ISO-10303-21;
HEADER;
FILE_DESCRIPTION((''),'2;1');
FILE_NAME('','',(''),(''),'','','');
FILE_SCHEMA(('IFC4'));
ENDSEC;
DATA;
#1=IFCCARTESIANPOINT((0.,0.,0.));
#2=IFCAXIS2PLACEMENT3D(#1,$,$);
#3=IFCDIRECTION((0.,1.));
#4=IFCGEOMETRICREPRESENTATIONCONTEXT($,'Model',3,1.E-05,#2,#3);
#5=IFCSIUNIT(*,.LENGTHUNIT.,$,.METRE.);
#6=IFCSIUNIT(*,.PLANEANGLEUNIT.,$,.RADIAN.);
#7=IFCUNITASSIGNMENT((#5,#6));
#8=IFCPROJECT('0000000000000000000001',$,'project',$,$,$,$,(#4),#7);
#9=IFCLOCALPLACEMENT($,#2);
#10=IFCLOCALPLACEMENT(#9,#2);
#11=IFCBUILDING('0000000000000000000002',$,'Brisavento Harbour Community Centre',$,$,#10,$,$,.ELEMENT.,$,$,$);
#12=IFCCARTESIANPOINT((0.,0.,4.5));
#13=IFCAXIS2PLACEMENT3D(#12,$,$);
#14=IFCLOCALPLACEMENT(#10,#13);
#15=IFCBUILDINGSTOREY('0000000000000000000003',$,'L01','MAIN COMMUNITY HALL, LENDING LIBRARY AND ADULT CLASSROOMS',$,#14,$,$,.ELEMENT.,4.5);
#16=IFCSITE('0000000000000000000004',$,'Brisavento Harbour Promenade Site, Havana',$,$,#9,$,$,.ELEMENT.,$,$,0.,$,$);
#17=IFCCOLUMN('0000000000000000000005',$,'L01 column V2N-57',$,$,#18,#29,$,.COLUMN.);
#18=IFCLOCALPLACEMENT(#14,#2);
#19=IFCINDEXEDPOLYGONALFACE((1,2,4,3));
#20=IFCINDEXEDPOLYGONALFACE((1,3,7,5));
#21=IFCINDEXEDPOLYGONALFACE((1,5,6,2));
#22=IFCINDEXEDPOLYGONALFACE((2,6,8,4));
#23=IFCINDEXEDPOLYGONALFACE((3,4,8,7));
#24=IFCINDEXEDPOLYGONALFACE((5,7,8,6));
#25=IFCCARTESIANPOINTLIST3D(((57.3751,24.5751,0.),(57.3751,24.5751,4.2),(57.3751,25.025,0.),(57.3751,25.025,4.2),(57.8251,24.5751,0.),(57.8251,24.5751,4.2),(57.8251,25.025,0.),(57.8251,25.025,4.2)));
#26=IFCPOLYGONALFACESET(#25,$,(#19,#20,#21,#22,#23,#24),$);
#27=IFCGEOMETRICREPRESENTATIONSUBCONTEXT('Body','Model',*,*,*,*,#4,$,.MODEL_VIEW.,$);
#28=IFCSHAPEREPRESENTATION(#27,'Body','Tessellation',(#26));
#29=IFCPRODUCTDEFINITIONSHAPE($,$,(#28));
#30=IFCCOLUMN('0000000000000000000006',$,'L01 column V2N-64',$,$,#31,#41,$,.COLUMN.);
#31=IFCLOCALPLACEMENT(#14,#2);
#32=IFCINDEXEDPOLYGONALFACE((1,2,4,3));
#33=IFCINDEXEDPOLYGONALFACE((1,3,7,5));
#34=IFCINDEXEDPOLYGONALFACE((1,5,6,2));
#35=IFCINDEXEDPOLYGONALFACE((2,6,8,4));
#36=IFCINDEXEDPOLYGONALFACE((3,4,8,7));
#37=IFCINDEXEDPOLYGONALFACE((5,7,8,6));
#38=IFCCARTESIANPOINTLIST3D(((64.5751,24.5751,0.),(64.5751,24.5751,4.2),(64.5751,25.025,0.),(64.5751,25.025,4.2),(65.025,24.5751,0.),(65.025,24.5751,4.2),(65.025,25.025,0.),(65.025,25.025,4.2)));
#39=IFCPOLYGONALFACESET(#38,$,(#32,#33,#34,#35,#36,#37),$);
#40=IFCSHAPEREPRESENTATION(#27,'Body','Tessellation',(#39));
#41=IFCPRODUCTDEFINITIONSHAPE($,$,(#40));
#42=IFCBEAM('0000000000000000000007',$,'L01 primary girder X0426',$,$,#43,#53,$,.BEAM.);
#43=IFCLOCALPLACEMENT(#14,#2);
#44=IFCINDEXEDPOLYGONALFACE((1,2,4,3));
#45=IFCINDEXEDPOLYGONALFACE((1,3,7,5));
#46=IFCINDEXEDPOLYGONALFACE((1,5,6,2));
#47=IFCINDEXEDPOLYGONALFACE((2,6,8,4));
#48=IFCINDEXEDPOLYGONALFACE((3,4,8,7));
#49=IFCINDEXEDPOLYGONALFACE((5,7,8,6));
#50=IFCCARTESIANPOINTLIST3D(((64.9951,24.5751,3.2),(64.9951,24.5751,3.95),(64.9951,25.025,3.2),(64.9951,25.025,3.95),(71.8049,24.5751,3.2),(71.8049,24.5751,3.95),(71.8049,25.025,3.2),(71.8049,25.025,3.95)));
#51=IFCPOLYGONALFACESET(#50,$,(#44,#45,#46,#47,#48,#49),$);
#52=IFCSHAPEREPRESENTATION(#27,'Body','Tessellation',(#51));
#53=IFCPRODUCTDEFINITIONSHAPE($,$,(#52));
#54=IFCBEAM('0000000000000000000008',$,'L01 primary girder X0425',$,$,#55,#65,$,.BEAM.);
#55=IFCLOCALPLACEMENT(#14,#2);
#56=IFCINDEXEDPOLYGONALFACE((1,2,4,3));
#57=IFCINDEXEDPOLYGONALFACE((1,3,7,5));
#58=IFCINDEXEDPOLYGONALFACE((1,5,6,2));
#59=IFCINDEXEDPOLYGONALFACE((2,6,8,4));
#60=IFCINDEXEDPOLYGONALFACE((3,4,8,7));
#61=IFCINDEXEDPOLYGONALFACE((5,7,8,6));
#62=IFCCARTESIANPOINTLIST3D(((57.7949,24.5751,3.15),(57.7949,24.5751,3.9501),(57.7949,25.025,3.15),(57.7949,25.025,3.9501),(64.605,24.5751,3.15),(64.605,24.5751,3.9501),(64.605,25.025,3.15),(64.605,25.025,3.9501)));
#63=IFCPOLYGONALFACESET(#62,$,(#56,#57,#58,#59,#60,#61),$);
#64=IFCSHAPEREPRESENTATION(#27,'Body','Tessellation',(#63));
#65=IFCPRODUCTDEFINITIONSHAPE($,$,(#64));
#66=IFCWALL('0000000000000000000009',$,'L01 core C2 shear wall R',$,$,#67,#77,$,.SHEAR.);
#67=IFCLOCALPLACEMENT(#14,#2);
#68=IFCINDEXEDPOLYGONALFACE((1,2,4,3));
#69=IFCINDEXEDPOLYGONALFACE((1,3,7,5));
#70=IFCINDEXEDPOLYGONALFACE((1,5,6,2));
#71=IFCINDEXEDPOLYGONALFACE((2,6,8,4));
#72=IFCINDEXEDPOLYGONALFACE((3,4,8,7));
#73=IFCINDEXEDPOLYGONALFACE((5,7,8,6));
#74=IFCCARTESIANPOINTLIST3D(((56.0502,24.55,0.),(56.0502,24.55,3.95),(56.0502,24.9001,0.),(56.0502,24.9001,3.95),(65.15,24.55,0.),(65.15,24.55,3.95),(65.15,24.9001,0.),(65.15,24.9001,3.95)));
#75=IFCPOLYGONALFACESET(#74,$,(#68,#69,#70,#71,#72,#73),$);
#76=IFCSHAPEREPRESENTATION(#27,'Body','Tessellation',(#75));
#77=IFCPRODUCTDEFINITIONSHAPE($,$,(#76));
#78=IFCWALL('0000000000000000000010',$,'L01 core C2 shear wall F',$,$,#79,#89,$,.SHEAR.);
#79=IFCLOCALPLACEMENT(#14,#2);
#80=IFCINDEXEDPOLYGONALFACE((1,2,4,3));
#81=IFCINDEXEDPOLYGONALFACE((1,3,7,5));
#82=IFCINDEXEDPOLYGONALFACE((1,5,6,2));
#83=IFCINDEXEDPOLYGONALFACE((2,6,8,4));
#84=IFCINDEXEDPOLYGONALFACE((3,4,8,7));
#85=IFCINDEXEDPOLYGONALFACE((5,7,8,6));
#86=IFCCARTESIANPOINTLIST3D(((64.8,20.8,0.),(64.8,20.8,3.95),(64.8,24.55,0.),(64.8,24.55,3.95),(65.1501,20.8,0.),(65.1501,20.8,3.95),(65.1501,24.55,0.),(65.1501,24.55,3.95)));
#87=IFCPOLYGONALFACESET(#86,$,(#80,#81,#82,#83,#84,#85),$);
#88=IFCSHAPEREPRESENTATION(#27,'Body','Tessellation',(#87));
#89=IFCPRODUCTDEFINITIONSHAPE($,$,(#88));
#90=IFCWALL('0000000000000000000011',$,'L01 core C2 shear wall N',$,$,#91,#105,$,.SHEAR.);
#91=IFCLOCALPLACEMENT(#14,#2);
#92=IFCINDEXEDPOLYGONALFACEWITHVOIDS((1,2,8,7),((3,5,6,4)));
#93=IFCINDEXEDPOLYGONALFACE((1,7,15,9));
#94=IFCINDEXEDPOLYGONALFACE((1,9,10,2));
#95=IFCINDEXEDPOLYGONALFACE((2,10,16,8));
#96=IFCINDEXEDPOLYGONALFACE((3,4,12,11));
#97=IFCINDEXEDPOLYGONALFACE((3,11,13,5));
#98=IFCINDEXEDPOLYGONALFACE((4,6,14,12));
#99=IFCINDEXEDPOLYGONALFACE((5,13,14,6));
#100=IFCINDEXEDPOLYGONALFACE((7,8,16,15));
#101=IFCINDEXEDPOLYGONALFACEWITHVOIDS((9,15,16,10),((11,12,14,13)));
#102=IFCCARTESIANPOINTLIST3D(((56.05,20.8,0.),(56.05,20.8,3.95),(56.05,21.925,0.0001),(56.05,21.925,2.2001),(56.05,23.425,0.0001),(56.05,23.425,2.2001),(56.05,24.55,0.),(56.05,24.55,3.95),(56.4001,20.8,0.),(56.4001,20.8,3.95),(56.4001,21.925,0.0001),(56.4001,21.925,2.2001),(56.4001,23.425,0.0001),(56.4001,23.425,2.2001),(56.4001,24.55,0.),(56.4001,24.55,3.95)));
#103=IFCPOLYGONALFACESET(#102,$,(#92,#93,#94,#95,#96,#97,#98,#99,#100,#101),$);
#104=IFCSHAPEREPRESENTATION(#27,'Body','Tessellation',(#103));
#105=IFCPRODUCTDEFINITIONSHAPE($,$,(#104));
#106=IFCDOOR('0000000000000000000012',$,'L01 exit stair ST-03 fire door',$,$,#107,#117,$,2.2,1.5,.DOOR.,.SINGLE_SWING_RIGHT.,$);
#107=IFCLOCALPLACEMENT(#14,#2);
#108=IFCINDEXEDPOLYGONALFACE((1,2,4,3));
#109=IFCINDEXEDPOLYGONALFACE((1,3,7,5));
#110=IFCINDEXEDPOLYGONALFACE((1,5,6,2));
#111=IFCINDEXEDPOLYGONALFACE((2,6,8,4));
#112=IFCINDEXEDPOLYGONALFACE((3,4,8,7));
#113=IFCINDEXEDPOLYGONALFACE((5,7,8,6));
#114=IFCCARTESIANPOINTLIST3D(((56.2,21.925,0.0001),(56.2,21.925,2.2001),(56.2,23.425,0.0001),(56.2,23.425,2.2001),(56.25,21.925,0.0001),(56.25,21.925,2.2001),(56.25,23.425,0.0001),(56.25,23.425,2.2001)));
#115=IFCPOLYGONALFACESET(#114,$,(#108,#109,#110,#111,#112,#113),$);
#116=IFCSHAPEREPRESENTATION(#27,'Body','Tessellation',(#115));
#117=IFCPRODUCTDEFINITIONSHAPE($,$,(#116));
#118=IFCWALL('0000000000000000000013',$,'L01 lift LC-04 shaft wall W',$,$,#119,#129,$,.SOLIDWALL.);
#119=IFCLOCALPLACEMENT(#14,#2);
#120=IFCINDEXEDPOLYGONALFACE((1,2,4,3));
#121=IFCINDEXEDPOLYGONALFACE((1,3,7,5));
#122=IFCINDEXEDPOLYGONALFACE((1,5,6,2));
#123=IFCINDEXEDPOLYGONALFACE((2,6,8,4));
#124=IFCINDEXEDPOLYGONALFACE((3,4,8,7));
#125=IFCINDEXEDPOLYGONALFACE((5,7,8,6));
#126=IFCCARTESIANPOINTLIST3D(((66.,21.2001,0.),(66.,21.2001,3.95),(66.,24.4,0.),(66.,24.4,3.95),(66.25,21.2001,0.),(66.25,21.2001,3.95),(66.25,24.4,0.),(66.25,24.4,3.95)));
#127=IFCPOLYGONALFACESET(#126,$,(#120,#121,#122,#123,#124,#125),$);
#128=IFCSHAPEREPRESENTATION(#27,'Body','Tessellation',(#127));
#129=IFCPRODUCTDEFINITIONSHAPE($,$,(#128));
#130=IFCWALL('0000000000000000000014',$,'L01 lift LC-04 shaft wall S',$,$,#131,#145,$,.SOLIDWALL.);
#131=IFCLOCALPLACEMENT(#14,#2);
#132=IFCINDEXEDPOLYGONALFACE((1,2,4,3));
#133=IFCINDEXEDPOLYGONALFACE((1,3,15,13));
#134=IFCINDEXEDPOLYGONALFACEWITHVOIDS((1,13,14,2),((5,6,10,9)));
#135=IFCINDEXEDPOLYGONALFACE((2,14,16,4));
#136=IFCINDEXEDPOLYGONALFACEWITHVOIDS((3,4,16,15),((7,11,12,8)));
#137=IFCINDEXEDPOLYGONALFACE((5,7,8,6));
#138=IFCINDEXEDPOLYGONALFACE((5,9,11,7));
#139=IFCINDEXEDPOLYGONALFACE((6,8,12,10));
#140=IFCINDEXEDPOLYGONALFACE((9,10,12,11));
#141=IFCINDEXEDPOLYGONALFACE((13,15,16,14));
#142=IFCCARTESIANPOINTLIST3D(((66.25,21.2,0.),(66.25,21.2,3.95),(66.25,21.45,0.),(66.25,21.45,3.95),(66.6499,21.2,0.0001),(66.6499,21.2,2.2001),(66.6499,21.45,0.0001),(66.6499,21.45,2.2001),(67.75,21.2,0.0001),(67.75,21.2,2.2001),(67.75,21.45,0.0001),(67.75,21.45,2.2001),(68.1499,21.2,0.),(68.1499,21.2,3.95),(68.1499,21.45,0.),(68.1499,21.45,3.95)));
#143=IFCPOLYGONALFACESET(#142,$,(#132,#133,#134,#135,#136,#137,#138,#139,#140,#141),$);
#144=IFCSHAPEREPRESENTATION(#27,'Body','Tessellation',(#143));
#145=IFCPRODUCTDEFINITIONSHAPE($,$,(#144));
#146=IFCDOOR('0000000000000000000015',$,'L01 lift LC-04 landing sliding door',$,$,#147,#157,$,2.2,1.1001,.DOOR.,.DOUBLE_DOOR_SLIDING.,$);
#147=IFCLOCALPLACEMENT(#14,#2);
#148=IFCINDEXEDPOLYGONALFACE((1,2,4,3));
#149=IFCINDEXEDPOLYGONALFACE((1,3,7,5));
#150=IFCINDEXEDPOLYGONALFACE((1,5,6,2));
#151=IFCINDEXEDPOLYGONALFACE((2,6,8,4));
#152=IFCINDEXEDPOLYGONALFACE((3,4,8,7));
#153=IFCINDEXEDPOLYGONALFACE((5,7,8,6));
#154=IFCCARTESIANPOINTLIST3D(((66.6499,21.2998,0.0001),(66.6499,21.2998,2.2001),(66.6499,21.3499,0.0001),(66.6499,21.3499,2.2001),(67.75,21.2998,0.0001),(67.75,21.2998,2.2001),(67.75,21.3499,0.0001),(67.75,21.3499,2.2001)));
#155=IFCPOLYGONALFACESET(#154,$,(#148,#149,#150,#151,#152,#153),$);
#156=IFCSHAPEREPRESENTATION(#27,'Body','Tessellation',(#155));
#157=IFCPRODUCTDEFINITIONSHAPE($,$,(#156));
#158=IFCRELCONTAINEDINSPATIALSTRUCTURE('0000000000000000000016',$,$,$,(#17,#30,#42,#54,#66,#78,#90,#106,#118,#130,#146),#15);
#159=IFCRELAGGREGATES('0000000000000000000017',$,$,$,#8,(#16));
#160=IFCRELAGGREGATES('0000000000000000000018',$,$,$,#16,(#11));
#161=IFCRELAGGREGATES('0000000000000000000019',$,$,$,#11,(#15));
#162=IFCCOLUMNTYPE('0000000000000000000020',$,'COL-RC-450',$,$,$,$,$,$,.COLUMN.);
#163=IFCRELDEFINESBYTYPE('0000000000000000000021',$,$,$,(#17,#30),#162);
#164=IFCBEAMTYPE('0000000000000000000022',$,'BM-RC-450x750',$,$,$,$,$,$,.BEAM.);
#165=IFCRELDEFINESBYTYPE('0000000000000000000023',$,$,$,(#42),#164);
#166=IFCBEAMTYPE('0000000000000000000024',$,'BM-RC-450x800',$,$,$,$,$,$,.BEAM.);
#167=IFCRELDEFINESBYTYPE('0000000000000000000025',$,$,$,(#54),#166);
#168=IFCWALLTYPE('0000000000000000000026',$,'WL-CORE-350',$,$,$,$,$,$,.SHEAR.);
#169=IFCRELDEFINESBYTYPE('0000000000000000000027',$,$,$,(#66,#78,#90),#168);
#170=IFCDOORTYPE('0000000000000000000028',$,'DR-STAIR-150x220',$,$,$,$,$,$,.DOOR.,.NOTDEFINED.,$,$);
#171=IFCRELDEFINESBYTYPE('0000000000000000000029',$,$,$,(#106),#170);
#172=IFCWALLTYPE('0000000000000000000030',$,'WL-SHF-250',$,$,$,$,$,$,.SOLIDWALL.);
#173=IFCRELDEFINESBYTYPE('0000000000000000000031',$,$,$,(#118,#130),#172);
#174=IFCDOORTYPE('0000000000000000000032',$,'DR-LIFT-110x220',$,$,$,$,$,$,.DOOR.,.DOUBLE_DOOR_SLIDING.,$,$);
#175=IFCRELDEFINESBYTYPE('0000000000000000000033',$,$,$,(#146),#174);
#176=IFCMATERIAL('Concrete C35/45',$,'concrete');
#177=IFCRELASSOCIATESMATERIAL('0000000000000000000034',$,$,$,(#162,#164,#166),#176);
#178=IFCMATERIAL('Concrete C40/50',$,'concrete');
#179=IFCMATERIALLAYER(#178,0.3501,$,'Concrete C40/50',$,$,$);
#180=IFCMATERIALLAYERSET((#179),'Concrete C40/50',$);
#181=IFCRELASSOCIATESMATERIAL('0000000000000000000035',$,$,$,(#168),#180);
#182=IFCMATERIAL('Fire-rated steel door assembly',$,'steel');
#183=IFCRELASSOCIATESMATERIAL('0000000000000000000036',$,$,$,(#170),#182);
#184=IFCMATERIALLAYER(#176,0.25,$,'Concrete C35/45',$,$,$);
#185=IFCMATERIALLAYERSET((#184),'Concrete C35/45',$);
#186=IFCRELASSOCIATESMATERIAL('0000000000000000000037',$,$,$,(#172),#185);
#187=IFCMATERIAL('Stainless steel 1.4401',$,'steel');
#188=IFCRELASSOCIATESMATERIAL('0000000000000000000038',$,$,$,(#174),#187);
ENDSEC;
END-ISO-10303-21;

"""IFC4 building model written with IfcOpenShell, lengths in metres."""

from ifc_helpers import new_model, si_unit, direction, frame, frame_2d, origin, origin_2d, place, context, subcontext, project, spatial, rectangle, extrude, material, layer, layer_set, material_profile, profile_set, type_object, element, fill, save


model = new_model("IFC4")

# Units and contexts
model_context = context("Model", 3, precision=1e-05, world=origin(), true_north=direction((0.0, 1.0)))
body_context = subcontext(model_context, "Body", "Model", "MODEL_VIEW")
ifc_project = project(units=[si_unit("LENGTHUNIT", "METRE"), si_unit("PLANEANGLEUNIT", "RADIAN")], contexts=[model_context])

# Site, building, storey
site_placement = place(None, origin())
site = spatial("IfcSite", under=ifc_project, at=site_placement, Name="Brisavento Harbour Promenade Site, Havana", CompositionType="ELEMENT", RefElevation=0.0)
building_placement = place(site_placement, origin())
building = spatial("IfcBuilding", under=site, at=building_placement, Name="Brisavento Harbour Community Centre", CompositionType="ELEMENT")
storey_placement = place(building_placement, frame((0.0, 0.0, 4.5)))
storey = spatial("IfcBuildingStorey", under=building, at=storey_placement, Name="L01", Description="MAIN COMMUNITY HALL, LENDING LIBRARY AND ADULT CLASSROOMS", CompositionType="ELEMENT", Elevation=4.5)

# Columns
ifc_material_1 = material(Name="Concrete C35/45", Category="concrete")
ifc_material_profile_1 = material_profile(ifc_material_1, rectangle(XDim=0.45, YDim=0.45, at=origin_2d()), Name="Concrete C35/45")
ifc_profile_set_1 = profile_set([ifc_material_profile_1], Name="Concrete C35/45")
column_type = type_object("IfcColumnType", Name="COL-RC-450", PredefinedType="COLUMN", material=ifc_profile_set_1)
for number, where, z_axis, x_axis, name in (
    (1, (57.6001, 24.8, 0.0), (0.0, 0.0, 1.0), (1.0, 0.0, 0.0), "L01 column V2N-57"),
    (2, (64.8, 24.8, 0.0), (0.0, 0.0, 1.0), (1.0, 0.0, 0.0), "L01 column V2N-64"),
):
    element("IfcColumn", number, at=place(storey_placement, frame(where, z_axis=z_axis, x_axis=x_axis)), inside=storey, type_object=column_type, Name=name, PredefinedType="COLUMN", context=body_context, shape_type="SweptSolid", body=[
        extrude(rectangle(XDim=0.45, YDim=0.45, at=origin_2d()), origin(), (0.0, 0.0, 1.0), 4.2),
    ])

# Beams
ifc_material_profile_2 = material_profile(ifc_material_1, rectangle(XDim=0.45, YDim=0.75, at=origin_2d()), Name="Concrete C35/45")
ifc_profile_set_2 = profile_set([ifc_material_profile_2], Name="Concrete C35/45")
beam_type_1 = type_object("IfcBeamType", Name="BM-RC-450x750", PredefinedType="BEAM", material=ifc_profile_set_2)
beam_1_placement = place(storey_placement, frame((64.9951, 24.8, 3.575), z_axis=(1.0, 0.0, 0.0), x_axis=(0.0, 1.0, 0.0)))
element("IfcBeam", 3, at=beam_1_placement, inside=storey, type_object=beam_type_1, Name="L01 primary girder X0426", PredefinedType="BEAM", context=body_context, shape_type="SweptSolid", body=[
    extrude(rectangle(XDim=0.45, YDim=0.75, at=origin_2d()), origin(), (0.0, 0.0, 1.0), 6.8098),
])
ifc_material_profile_3 = material_profile(ifc_material_1, rectangle(XDim=0.45, YDim=0.8, at=origin_2d()), Name="Concrete C35/45")
ifc_profile_set_3 = profile_set([ifc_material_profile_3], Name="Concrete C35/45")
beam_type_2 = type_object("IfcBeamType", Name="BM-RC-450x800", PredefinedType="BEAM", material=ifc_profile_set_3)
beam_2_placement = place(storey_placement, frame((57.7949, 24.8, 3.55), z_axis=(1.0, 0.0, 0.0), x_axis=(0.0, 1.0, 0.0)))
element("IfcBeam", 4, at=beam_2_placement, inside=storey, type_object=beam_type_2, Name="L01 primary girder X0425", PredefinedType="BEAM", context=body_context, shape_type="SweptSolid", body=[
    extrude(rectangle(XDim=0.45, YDim=0.8, at=origin_2d()), origin(), (0.0, 0.0, 1.0), 6.8101),
])

# Walls
ifc_material_2 = material(Name="Concrete C40/50", Category="concrete")
ifc_layer_1 = layer(ifc_material_2, 0.3501, Name="Concrete C40/50")
ifc_layer_set_1 = layer_set([ifc_layer_1], Name="Concrete C40/50")
wall_type_1 = type_object("IfcWallType", Name="WL-CORE-350", PredefinedType="SHEAR", material=ifc_layer_set_1)
wall_1_placement = place(storey_placement, frame((65.1499, 24.7251, 0.0), z_axis=(0.0, 0.0, 1.0), x_axis=(-1.0, 0.0, 0.0)))
element("IfcWall", 5, at=wall_1_placement, inside=storey, type_object=wall_type_1, Name="L01 core C2 shear wall R", PredefinedType="SHEAR", context=body_context, shape_type="SweptSolid", body=[
    extrude(rectangle(XDim=9.0999, YDim=0.3501, at=frame_2d((4.5498, 0.0))), origin(), (0.0, 0.0, 1.0), 3.95),
])
wall_2_placement = place(storey_placement, frame((64.9751, 20.8, 0.0), z_axis=(0.0, 0.0, 1.0), x_axis=(0.0, 1.0, 0.0)))
element("IfcWall", 6, at=wall_2_placement, inside=storey, type_object=wall_type_1, Name="L01 core C2 shear wall F", PredefinedType="SHEAR", context=body_context, shape_type="SweptSolid", body=[
    extrude(rectangle(XDim=3.75, YDim=0.3501, at=frame_2d((1.875, 0.0))), origin(), (0.0, 0.0, 1.0), 3.95),
])

# Wall, opening, door
wall_3_placement = place(storey_placement, frame((56.2251, 24.55, 0.0), z_axis=(0.0, 0.0, 1.0), x_axis=(0.0, -1.0, 0.0)))
wall_3 = element("IfcWall", 7, at=wall_3_placement, inside=storey, type_object=wall_type_1, Name="L01 core C2 shear wall N", PredefinedType="SHEAR", context=body_context, shape_type="SweptSolid", body=[
    extrude(rectangle(XDim=3.75, YDim=0.3501, at=frame_2d((1.875, 0.0))), origin(), (0.0, 0.0, 1.0), 3.95),
])
opening_1_placement = place(wall_3_placement, frame((1.125, 0.0, 0.0)))
opening_1 = element("IfcOpeningElement", 8, at=opening_1_placement, cuts=wall_3, PredefinedType="OPENING", context=body_context, shape_type="SweptSolid", body=[
    extrude(rectangle(XDim=1.5, YDim=2.2, at=frame_2d((0.75, 1.1001))), frame((0.0, 0.1851, 0.0), z_axis=(0.0, -1.0, 0.0), x_axis=(1.0, 0.0, 0.0)), (0.0, 0.0, 1.0), 0.3701),
])
ifc_material_3 = material(Name="Fire-rated steel door assembly", Category="steel")
door_type_1 = type_object("IfcDoorType", Name="DR-STAIR-150x220", OperationType="NOTDEFINED", PredefinedType="DOOR", material=ifc_material_3)
door_1_placement = place(opening_1_placement, origin())
door_1 = element("IfcDoor", 9, at=door_1_placement, inside=storey, type_object=door_type_1, Name="L01 exit stair ST-03 fire door", OperationType="SINGLE_SWING_RIGHT", OverallHeight=2.2, OverallWidth=1.5, PredefinedType="DOOR", context=body_context, shape_type="SweptSolid", body=[
    extrude(rectangle(XDim=1.5, YDim=2.2, at=frame_2d((0.75, 1.1001))), frame((0.0, 0.0249, 0.0), z_axis=(0.0, -1.0, 0.0), x_axis=(1.0, 0.0, 0.0)), (0.0, 0.0, 1.0), 0.05),
])
fill(opening_1, door_1)

# Wall
ifc_layer_2 = layer(ifc_material_1, 0.25, Name="Concrete C35/45")
ifc_layer_set_2 = layer_set([ifc_layer_2], Name="Concrete C35/45")
wall_type_2 = type_object("IfcWallType", Name="WL-SHF-250", PredefinedType="SOLIDWALL", material=ifc_layer_set_2)
wall_4_placement = place(storey_placement, frame((66.125, 21.2, 0.0), z_axis=(0.0, 0.0, 1.0), x_axis=(0.0, 1.0, 0.0)))
element("IfcWall", 10, at=wall_4_placement, inside=storey, type_object=wall_type_2, Name="L01 lift LC-04 shaft wall W", PredefinedType="SOLIDWALL", context=body_context, shape_type="SweptSolid", body=[
    extrude(rectangle(XDim=3.2, YDim=0.25, at=frame_2d((1.6001, 0.0))), origin(), (0.0, 0.0, 1.0), 3.95),
])

# Wall, opening, door
wall_5_placement = place(storey_placement, frame((66.25, 21.325, 0.0), z_axis=(0.0, 0.0, 1.0), x_axis=(1.0, 0.0, 0.0)))
wall_5 = element("IfcWall", 11, at=wall_5_placement, inside=storey, type_object=wall_type_2, Name="L01 lift LC-04 shaft wall S", PredefinedType="SOLIDWALL", context=body_context, shape_type="SweptSolid", body=[
    extrude(rectangle(XDim=1.8999, YDim=0.25, at=frame_2d((0.95, 0.0))), origin(), (0.0, 0.0, 1.0), 3.95),
])
opening_2_placement = place(wall_5_placement, frame((0.3999, 0.0, 0.0)))
opening_2 = element("IfcOpeningElement", 12, at=opening_2_placement, cuts=wall_5, PredefinedType="OPENING", context=body_context, shape_type="SweptSolid", body=[
    extrude(rectangle(XDim=1.1001, YDim=2.2, at=frame_2d((0.55, 1.1001))), frame((0.0, 0.135, 0.0), z_axis=(0.0, -1.0, 0.0), x_axis=(1.0, 0.0, 0.0)), (0.0, 0.0, 1.0), 0.27),
])
ifc_material_4 = material(Name="Stainless steel 1.4401", Category="steel")
door_type_2 = type_object("IfcDoorType", Name="DR-LIFT-110x220", OperationType="DOUBLE_DOOR_SLIDING", PredefinedType="DOOR", material=ifc_material_4)
door_2_placement = place(opening_2_placement, origin())
door_2 = element("IfcDoor", 13, at=door_2_placement, inside=storey, type_object=door_type_2, Name="L01 lift LC-04 landing sliding door", OperationType="DOUBLE_DOOR_SLIDING", OverallHeight=2.2, OverallWidth=1.1001, PredefinedType="DOOR", context=body_context, shape_type="SweptSolid", body=[
    extrude(rectangle(XDim=1.1001, YDim=2.2, at=frame_2d((0.55, 1.1001))), frame((0.0, 0.0249, 0.0), z_axis=(0.0, -1.0, 0.0), x_axis=(1.0, 0.0, 0.0)), (0.0, 0.0, 1.0), 0.05),
])
fill(opening_2, door_2)

save(model, "model.ifc")
